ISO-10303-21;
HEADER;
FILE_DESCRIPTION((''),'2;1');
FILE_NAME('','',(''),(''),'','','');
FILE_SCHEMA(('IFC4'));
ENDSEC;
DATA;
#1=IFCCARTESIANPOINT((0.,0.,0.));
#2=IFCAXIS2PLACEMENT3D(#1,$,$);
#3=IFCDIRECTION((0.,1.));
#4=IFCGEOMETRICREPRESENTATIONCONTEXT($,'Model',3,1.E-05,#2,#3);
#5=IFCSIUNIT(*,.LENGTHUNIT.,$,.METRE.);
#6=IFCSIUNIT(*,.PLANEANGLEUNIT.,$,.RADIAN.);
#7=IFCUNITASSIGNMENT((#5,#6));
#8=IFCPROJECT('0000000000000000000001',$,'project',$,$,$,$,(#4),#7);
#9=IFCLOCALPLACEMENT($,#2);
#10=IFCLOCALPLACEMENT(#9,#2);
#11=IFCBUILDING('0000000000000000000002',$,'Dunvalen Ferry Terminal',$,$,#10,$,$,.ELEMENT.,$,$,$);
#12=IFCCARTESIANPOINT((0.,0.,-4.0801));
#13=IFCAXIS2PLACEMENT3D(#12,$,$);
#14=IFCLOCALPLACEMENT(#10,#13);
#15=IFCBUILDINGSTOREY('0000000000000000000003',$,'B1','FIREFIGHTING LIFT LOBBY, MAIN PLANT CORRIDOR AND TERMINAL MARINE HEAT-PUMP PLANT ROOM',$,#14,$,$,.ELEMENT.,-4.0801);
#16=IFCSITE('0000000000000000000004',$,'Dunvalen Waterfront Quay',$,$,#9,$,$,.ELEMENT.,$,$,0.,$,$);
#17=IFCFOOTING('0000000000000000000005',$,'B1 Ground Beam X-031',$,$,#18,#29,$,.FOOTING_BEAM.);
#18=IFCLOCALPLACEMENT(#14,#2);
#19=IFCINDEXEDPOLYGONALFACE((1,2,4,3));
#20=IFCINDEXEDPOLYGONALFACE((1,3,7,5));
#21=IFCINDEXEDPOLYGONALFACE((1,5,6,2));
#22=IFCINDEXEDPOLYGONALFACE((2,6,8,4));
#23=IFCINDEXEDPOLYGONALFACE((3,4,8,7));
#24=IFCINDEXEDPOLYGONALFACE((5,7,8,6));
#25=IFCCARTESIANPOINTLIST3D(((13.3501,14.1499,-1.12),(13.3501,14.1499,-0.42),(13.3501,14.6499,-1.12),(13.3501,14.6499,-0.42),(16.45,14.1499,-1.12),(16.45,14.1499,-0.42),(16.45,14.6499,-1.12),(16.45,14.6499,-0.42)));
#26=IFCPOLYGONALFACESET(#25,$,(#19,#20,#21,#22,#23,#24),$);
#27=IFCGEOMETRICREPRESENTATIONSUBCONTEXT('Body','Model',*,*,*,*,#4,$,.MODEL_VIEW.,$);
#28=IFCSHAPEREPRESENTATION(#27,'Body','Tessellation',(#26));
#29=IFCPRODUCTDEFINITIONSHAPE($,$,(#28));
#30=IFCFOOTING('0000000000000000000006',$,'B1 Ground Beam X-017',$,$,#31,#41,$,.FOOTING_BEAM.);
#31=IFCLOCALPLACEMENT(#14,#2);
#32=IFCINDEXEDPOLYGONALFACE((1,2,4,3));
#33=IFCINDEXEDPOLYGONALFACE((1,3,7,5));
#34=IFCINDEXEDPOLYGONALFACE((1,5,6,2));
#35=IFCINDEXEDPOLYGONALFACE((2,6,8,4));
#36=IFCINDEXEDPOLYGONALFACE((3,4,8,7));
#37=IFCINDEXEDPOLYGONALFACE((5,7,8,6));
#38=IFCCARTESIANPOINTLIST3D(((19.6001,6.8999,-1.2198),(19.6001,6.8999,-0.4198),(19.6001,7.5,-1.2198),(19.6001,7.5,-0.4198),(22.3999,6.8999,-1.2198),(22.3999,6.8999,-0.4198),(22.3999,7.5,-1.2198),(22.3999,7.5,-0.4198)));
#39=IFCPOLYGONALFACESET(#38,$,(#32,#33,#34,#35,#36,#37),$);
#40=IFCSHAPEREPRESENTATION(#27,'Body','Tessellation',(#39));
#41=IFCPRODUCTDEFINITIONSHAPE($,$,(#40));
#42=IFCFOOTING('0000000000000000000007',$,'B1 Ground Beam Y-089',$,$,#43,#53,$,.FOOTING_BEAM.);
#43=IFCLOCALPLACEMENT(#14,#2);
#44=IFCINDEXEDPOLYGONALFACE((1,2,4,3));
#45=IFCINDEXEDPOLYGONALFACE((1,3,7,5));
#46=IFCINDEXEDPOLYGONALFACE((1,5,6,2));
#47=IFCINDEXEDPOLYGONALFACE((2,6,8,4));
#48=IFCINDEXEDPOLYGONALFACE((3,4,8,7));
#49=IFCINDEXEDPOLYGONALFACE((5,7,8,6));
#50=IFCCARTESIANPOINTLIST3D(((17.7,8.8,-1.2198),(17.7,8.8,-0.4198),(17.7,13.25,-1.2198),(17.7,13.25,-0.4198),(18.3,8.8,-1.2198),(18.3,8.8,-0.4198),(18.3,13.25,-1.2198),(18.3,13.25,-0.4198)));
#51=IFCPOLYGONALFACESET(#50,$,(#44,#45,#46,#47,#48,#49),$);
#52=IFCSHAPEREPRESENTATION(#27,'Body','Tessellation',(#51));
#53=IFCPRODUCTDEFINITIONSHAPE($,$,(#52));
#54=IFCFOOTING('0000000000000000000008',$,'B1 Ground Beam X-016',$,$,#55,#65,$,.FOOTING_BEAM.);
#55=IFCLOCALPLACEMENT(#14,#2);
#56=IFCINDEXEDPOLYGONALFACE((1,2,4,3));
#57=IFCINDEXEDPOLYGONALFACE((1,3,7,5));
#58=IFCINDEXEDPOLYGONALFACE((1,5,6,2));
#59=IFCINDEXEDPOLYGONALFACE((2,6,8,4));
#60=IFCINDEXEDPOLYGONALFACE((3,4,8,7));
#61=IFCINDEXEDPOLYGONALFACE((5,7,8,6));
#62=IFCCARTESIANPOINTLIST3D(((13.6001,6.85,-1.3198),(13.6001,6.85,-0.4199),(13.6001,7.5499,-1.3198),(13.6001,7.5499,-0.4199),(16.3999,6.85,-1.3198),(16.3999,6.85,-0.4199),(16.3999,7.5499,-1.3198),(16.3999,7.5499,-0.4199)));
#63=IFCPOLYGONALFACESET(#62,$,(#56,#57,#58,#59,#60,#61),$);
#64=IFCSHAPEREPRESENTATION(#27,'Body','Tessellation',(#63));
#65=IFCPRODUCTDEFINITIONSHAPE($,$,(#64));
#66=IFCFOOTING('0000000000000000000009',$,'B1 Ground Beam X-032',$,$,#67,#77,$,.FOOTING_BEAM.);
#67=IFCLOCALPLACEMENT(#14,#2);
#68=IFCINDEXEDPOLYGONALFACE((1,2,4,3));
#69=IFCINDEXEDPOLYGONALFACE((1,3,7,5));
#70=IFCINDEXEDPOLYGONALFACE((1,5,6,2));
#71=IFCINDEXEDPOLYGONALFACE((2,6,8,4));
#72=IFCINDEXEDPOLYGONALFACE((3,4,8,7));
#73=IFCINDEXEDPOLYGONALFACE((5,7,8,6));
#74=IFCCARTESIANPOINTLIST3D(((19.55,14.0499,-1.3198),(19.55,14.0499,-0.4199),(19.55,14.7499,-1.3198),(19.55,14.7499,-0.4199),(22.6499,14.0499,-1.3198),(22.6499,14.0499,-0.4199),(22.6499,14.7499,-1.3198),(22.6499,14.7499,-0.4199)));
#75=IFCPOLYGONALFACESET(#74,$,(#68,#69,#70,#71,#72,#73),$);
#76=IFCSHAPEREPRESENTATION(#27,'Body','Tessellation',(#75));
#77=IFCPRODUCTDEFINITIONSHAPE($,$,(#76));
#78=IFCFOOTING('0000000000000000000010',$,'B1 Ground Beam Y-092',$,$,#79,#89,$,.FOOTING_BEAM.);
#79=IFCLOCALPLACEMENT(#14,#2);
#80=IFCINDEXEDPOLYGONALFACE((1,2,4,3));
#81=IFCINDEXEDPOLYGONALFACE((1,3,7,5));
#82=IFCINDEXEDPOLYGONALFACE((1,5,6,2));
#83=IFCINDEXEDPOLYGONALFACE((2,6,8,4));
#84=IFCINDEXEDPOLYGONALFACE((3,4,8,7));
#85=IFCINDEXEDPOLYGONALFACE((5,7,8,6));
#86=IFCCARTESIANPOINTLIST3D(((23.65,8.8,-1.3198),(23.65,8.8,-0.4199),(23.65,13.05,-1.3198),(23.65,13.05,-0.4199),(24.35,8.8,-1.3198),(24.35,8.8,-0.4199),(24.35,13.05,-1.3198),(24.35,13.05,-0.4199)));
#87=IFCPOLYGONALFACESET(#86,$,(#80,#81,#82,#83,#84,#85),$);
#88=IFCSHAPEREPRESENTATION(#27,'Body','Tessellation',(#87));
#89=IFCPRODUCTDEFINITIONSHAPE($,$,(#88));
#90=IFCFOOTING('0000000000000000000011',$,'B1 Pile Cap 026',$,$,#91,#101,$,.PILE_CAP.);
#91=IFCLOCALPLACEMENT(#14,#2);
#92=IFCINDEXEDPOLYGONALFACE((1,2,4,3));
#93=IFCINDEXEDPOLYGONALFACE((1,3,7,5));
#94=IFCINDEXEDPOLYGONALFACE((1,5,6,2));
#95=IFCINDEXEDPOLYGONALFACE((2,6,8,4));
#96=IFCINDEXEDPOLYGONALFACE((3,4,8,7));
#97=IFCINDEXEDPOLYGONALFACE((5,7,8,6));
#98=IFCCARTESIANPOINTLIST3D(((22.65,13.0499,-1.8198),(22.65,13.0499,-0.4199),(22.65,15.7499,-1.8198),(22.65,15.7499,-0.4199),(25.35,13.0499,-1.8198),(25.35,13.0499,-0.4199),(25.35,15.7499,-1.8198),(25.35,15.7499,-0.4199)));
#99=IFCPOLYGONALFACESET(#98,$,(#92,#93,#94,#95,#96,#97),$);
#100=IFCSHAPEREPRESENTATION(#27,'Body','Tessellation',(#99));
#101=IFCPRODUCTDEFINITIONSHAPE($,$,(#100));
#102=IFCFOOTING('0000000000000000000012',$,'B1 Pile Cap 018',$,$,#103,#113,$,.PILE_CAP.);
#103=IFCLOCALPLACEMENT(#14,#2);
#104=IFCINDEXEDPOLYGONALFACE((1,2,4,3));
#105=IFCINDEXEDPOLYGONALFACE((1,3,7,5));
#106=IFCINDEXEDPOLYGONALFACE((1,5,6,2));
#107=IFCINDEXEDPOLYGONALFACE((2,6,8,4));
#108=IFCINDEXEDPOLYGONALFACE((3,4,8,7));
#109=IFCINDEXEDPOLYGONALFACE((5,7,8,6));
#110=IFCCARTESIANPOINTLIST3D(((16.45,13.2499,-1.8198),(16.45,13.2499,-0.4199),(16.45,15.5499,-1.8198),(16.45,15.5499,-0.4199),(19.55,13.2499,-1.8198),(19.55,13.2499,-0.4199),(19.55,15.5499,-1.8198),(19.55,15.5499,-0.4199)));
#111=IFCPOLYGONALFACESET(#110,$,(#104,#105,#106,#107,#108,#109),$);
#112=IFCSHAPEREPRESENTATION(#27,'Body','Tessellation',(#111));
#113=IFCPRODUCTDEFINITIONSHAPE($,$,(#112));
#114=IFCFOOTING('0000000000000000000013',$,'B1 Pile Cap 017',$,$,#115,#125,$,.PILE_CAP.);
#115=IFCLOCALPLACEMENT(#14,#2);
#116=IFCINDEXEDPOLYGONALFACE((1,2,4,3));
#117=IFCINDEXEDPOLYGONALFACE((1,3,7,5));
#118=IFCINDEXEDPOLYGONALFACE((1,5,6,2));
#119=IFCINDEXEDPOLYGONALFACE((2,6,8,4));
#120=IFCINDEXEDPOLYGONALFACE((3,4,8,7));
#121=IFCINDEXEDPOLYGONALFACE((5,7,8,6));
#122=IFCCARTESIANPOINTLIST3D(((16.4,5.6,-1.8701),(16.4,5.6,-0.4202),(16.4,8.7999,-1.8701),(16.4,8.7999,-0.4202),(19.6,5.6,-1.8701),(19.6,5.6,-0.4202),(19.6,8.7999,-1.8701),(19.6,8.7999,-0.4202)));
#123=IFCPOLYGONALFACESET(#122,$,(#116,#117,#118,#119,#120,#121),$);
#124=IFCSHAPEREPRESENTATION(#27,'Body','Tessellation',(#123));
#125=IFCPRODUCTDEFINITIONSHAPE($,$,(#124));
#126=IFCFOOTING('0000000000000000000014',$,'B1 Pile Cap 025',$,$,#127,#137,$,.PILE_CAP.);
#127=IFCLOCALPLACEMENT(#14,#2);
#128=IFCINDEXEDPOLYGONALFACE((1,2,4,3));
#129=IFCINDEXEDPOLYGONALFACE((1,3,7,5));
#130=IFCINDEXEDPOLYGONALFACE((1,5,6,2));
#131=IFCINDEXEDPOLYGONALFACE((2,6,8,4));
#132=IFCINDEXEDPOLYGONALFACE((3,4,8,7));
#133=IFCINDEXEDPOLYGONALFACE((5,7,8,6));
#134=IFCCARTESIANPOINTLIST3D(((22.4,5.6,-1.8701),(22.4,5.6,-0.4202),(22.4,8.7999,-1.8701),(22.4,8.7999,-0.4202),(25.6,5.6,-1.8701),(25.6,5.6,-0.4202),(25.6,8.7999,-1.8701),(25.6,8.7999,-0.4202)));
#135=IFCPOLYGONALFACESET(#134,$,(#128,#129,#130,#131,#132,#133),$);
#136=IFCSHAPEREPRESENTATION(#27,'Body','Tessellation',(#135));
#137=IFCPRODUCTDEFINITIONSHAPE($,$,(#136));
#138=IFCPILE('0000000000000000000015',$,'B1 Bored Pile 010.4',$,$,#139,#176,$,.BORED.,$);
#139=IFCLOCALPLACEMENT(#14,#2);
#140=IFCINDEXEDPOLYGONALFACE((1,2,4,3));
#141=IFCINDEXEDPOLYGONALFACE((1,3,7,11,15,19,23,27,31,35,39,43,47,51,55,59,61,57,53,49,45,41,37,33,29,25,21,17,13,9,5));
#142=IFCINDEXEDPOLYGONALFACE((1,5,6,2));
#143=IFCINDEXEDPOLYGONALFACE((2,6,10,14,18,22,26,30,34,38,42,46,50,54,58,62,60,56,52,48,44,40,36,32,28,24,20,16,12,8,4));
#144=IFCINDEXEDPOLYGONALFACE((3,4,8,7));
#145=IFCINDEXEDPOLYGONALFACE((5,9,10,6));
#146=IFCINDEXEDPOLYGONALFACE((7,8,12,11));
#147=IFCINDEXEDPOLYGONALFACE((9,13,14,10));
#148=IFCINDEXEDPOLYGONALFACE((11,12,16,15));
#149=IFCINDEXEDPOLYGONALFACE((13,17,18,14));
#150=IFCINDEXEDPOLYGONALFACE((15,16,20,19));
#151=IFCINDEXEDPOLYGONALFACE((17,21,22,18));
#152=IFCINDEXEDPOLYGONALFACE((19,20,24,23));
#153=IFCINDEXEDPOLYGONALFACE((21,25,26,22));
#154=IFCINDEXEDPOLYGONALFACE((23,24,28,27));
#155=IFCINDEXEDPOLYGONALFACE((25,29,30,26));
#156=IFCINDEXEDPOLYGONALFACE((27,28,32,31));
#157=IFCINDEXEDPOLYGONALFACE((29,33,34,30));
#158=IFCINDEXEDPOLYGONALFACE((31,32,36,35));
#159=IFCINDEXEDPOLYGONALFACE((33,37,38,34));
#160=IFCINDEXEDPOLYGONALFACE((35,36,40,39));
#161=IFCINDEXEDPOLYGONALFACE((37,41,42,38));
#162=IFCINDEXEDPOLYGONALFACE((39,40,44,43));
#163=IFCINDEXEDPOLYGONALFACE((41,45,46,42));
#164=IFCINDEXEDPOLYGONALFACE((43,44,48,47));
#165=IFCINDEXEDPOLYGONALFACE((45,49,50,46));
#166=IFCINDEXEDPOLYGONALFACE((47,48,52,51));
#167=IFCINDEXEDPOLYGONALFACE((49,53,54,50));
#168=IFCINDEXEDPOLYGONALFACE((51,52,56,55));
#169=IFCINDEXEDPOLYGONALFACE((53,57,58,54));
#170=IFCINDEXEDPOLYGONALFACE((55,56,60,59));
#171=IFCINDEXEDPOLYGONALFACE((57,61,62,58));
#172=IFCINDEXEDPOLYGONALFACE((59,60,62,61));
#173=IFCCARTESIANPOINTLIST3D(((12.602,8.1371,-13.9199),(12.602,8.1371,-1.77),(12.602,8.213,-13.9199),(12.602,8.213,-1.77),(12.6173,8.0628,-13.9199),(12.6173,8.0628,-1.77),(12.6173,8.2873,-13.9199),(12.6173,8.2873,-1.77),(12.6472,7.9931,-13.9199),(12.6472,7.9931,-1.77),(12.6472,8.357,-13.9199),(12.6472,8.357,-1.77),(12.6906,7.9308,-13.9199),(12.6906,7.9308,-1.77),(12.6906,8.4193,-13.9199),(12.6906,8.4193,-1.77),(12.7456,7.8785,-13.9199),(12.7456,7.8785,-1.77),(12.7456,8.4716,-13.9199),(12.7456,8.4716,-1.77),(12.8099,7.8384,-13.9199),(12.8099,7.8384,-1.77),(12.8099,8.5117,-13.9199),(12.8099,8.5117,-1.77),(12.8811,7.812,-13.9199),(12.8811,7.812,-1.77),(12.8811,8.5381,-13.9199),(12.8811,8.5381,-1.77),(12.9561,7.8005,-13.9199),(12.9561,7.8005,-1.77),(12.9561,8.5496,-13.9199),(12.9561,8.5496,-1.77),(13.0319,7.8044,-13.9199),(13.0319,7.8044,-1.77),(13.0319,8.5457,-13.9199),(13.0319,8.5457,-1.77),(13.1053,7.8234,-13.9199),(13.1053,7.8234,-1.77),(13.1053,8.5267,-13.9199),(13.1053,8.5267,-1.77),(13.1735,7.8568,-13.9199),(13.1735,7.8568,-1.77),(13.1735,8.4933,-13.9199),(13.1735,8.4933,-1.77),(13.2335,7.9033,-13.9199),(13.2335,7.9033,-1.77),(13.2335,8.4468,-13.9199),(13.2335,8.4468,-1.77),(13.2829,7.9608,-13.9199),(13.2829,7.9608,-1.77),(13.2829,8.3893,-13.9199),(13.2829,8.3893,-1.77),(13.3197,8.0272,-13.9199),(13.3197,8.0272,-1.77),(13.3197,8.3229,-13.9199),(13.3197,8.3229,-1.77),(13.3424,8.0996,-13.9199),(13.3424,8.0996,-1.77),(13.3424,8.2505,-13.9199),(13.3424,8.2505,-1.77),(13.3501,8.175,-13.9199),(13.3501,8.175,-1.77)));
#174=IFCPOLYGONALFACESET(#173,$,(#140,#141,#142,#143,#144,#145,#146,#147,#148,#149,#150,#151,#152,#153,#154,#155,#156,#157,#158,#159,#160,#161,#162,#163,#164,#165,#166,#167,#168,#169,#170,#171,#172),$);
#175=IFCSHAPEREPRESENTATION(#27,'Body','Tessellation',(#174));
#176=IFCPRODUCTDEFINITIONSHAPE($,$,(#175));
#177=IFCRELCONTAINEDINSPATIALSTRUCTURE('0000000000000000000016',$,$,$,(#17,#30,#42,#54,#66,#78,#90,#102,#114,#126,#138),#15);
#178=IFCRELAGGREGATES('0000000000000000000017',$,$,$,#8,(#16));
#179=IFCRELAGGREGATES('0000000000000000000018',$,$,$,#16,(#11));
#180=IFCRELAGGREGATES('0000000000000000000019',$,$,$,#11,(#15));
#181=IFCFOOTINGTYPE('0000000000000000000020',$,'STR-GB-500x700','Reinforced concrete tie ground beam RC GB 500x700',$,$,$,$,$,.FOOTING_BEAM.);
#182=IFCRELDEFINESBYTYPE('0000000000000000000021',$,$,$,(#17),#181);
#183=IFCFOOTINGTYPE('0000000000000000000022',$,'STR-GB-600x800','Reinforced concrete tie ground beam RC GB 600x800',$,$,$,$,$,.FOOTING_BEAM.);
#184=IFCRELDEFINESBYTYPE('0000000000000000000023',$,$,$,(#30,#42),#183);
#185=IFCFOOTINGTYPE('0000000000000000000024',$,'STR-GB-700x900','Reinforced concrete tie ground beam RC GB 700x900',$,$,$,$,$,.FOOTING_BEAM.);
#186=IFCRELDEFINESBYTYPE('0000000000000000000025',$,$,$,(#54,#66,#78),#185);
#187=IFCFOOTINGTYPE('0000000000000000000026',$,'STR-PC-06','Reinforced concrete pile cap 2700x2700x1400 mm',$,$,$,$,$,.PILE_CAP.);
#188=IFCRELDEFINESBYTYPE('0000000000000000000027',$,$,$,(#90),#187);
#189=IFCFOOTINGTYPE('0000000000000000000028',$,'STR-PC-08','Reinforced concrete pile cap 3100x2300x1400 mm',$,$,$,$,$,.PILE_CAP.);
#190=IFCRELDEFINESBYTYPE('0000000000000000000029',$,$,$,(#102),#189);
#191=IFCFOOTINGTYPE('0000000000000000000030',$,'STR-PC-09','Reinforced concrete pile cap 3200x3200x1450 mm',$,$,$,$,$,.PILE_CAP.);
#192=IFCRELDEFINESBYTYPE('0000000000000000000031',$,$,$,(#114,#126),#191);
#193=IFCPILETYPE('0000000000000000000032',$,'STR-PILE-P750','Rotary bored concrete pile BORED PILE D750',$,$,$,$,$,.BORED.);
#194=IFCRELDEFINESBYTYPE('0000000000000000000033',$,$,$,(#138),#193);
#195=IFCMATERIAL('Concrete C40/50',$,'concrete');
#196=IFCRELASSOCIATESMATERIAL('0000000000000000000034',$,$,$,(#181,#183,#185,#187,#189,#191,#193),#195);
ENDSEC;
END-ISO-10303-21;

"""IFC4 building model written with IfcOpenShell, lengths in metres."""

from ifc_helpers import new_model, si_unit, direction, frame, origin, origin_2d, place, context, subcontext, project, spatial, rectangle, circle, extrude, material, material_profile, profile_set, type_object, element, save


model = new_model("IFC4")

# Units and contexts
model_context = context("Model", 3, precision=1e-05, world=origin(), true_north=direction((0.0, 1.0)))
body_context = subcontext(model_context, "Body", "Model", "MODEL_VIEW")
ifc_project = project(units=[si_unit("LENGTHUNIT", "METRE"), si_unit("PLANEANGLEUNIT", "RADIAN")], contexts=[model_context])

# Site, building, storey
site_placement = place(None, origin())
site = spatial("IfcSite", under=ifc_project, at=site_placement, Name="Dunvalen Waterfront Quay", CompositionType="ELEMENT", RefElevation=0.0)
building_placement = place(site_placement, origin())
building = spatial("IfcBuilding", under=site, at=building_placement, Name="Dunvalen Ferry Terminal", CompositionType="ELEMENT")
storey_placement = place(building_placement, frame((0.0, 0.0, -4.0801)))
storey = spatial("IfcBuildingStorey", under=building, at=storey_placement, Name="B1", Description="FIREFIGHTING LIFT LOBBY, MAIN PLANT CORRIDOR AND TERMINAL MARINE HEAT-PUMP PLANT ROOM", CompositionType="ELEMENT", Elevation=-4.0801)

# Footings
ifc_material = material(Name="Concrete C40/50", Category="concrete")
ifc_material_profile_1 = material_profile(ifc_material, rectangle(XDim=0.5, YDim=0.7, at=origin_2d()), Name="Concrete C40/50")
ifc_profile_set_1 = profile_set([ifc_material_profile_1], Name="Concrete C40/50")
footing_type_1 = type_object("IfcFootingType", Name="STR-GB-500x700", Description="Reinforced concrete tie ground beam RC GB 500x700", PredefinedType="FOOTING_BEAM", material=ifc_profile_set_1)
footing_1_placement = place(storey_placement, frame((13.3501, 14.3999, -0.77), z_axis=(1.0, 0.0, 0.0), x_axis=(0.0, 1.0, 0.0)))
element("IfcFooting", 1, at=footing_1_placement, inside=storey, type_object=footing_type_1, Name="B1 Ground Beam X-031", PredefinedType="FOOTING_BEAM", context=body_context, shape_type="SweptSolid", body=[
    extrude(rectangle(XDim=0.5, YDim=0.7, at=origin_2d()), origin(), (0.0, 0.0, 1.0), 3.0999),
])
ifc_material_profile_2 = material_profile(ifc_material, rectangle(XDim=0.6001, YDim=0.8, at=origin_2d()), Name="Concrete C40/50")
ifc_profile_set_2 = profile_set([ifc_material_profile_2], Name="Concrete C40/50")
footing_type_2 = type_object("IfcFootingType", Name="STR-GB-600x800", Description="Reinforced concrete tie ground beam RC GB 600x800", PredefinedType="FOOTING_BEAM", material=ifc_profile_set_2)
footing_2_placement = place(storey_placement, frame((19.6001, 7.2, -0.8198), z_axis=(1.0, 0.0, 0.0), x_axis=(0.0, 1.0, 0.0)))
element("IfcFooting", 2, at=footing_2_placement, inside=storey, type_object=footing_type_2, Name="B1 Ground Beam X-017", PredefinedType="FOOTING_BEAM", context=body_context, shape_type="SweptSolid", body=[
    extrude(rectangle(XDim=0.6001, YDim=0.8, at=origin_2d()), origin(), (0.0, 0.0, 1.0), 2.7998),
])
footing_3_placement = place(storey_placement, frame((18.0, 8.8, -0.8198), z_axis=(0.0, 1.0, 0.0), x_axis=(-1.0, 0.0, 0.0)))
element("IfcFooting", 3, at=footing_3_placement, inside=storey, type_object=footing_type_2, Name="B1 Ground Beam Y-089", PredefinedType="FOOTING_BEAM", context=body_context, shape_type="SweptSolid", body=[
    extrude(rectangle(XDim=0.6001, YDim=0.8, at=origin_2d()), origin(), (0.0, 0.0, 1.0), 4.45),
])
ifc_material_profile_3 = material_profile(ifc_material, rectangle(XDim=0.7, YDim=0.8999, at=origin_2d()), Name="Concrete C40/50")
ifc_profile_set_3 = profile_set([ifc_material_profile_3], Name="Concrete C40/50")
footing_type_3 = type_object("IfcFootingType", Name="STR-GB-700x900", Description="Reinforced concrete tie ground beam RC GB 700x900", PredefinedType="FOOTING_BEAM", material=ifc_profile_set_3)
footing_4_placement = place(storey_placement, frame((13.6001, 7.2, -0.8699), z_axis=(1.0, 0.0, 0.0), x_axis=(0.0, 1.0, 0.0)))
element("IfcFooting", 4, at=footing_4_placement, inside=storey, type_object=footing_type_3, Name="B1 Ground Beam X-016", PredefinedType="FOOTING_BEAM", context=body_context, shape_type="SweptSolid", body=[
    extrude(rectangle(XDim=0.7, YDim=0.8999, at=origin_2d()), origin(), (0.0, 0.0, 1.0), 2.7998),
])
footing_5_placement = place(storey_placement, frame((19.55, 14.3999, -0.8699), z_axis=(1.0, 0.0, 0.0), x_axis=(0.0, 1.0, 0.0)))
element("IfcFooting", 5, at=footing_5_placement, inside=storey, type_object=footing_type_3, Name="B1 Ground Beam X-032", PredefinedType="FOOTING_BEAM", context=body_context, shape_type="SweptSolid", body=[
    extrude(rectangle(XDim=0.7, YDim=0.8999, at=origin_2d()), origin(), (0.0, 0.0, 1.0), 3.0999),
])
footing_6_placement = place(storey_placement, frame((24.0, 8.8, -0.8699), z_axis=(0.0, 1.0, 0.0), x_axis=(-1.0, 0.0, 0.0)))
element("IfcFooting", 6, at=footing_6_placement, inside=storey, type_object=footing_type_3, Name="B1 Ground Beam Y-092", PredefinedType="FOOTING_BEAM", context=body_context, shape_type="SweptSolid", body=[
    extrude(rectangle(XDim=0.7, YDim=0.8999, at=origin_2d()), origin(), (0.0, 0.0, 1.0), 4.25),
])
footing_type_4 = type_object("IfcFootingType", Name="STR-PC-06", Description="Reinforced concrete pile cap 2700x2700x1400 mm", PredefinedType="PILE_CAP", material=ifc_material)
footing_7_placement = place(storey_placement, frame((24.0, 14.3999, -1.8198), z_axis=(0.0, 0.0, 1.0), x_axis=(1.0, 0.0, 0.0)))
element("IfcFooting", 7, at=footing_7_placement, inside=storey, type_object=footing_type_4, Name="B1 Pile Cap 026", PredefinedType="PILE_CAP", context=body_context, shape_type="SweptSolid", body=[
    extrude(rectangle(XDim=2.7, YDim=2.7, at=origin_2d()), origin(), (0.0, 0.0, 1.0), 1.3999),
])
footing_type_5 = type_object("IfcFootingType", Name="STR-PC-08", Description="Reinforced concrete pile cap 3100x2300x1400 mm", PredefinedType="PILE_CAP", material=ifc_material)
footing_8_placement = place(storey_placement, frame((18.0, 14.3999, -1.8198), z_axis=(0.0, 0.0, 1.0), x_axis=(1.0, 0.0, 0.0)))
element("IfcFooting", 8, at=footing_8_placement, inside=storey, type_object=footing_type_5, Name="B1 Pile Cap 018", PredefinedType="PILE_CAP", context=body_context, shape_type="SweptSolid", body=[
    extrude(rectangle(XDim=3.1001, YDim=2.3, at=origin_2d()), origin(), (0.0, 0.0, 1.0), 1.3999),
])
footing_type_6 = type_object("IfcFootingType", Name="STR-PC-09", Description="Reinforced concrete pile cap 3200x3200x1450 mm", PredefinedType="PILE_CAP", material=ifc_material)
for number, where, z_axis, x_axis, name in (
    (9, (18.0, 7.2, -1.8701), (0.0, 0.0, 1.0), (1.0, 0.0, 0.0), "B1 Pile Cap 017"),
    (10, (24.0, 7.2, -1.8701), (0.0, 0.0, 1.0), (1.0, 0.0, 0.0), "B1 Pile Cap 025"),
):
    element("IfcFooting", number, at=place(storey_placement, frame(where, z_axis=z_axis, x_axis=x_axis)), inside=storey, type_object=footing_type_6, Name=name, PredefinedType="PILE_CAP", context=body_context, shape_type="SweptSolid", body=[
        extrude(rectangle(XDim=3.2, YDim=3.2, at=origin_2d()), origin(), (0.0, 0.0, 1.0), 1.45),
    ])

# Pile
ifc_material_profile_4 = material_profile(ifc_material, circle(Radius=0.375, at=origin_2d()), Name="Concrete C40/50")
ifc_profile_set_4 = profile_set([ifc_material_profile_4], Name="Concrete C40/50")
pile_type = type_object("IfcPileType", Name="STR-PILE-P750", Description="Rotary bored concrete pile BORED PILE D750", PredefinedType="BORED", material=ifc_profile_set_4)
pile_1_placement = place(storey_placement, frame((12.9751, 8.175, -1.77), z_axis=(0.0, 0.0, -1.0), x_axis=(1.0, 0.0, 0.0)))
element("IfcPile", 11, at=pile_1_placement, inside=storey, type_object=pile_type, Name="B1 Bored Pile 010.4", PredefinedType="BORED", context=body_context, shape_type="SweptSolid", body=[
    extrude(circle(Radius=0.375, at=origin_2d()), origin(), (0.0, 0.0, 1.0), 12.1499),
])

save(model, "model.ifc")
